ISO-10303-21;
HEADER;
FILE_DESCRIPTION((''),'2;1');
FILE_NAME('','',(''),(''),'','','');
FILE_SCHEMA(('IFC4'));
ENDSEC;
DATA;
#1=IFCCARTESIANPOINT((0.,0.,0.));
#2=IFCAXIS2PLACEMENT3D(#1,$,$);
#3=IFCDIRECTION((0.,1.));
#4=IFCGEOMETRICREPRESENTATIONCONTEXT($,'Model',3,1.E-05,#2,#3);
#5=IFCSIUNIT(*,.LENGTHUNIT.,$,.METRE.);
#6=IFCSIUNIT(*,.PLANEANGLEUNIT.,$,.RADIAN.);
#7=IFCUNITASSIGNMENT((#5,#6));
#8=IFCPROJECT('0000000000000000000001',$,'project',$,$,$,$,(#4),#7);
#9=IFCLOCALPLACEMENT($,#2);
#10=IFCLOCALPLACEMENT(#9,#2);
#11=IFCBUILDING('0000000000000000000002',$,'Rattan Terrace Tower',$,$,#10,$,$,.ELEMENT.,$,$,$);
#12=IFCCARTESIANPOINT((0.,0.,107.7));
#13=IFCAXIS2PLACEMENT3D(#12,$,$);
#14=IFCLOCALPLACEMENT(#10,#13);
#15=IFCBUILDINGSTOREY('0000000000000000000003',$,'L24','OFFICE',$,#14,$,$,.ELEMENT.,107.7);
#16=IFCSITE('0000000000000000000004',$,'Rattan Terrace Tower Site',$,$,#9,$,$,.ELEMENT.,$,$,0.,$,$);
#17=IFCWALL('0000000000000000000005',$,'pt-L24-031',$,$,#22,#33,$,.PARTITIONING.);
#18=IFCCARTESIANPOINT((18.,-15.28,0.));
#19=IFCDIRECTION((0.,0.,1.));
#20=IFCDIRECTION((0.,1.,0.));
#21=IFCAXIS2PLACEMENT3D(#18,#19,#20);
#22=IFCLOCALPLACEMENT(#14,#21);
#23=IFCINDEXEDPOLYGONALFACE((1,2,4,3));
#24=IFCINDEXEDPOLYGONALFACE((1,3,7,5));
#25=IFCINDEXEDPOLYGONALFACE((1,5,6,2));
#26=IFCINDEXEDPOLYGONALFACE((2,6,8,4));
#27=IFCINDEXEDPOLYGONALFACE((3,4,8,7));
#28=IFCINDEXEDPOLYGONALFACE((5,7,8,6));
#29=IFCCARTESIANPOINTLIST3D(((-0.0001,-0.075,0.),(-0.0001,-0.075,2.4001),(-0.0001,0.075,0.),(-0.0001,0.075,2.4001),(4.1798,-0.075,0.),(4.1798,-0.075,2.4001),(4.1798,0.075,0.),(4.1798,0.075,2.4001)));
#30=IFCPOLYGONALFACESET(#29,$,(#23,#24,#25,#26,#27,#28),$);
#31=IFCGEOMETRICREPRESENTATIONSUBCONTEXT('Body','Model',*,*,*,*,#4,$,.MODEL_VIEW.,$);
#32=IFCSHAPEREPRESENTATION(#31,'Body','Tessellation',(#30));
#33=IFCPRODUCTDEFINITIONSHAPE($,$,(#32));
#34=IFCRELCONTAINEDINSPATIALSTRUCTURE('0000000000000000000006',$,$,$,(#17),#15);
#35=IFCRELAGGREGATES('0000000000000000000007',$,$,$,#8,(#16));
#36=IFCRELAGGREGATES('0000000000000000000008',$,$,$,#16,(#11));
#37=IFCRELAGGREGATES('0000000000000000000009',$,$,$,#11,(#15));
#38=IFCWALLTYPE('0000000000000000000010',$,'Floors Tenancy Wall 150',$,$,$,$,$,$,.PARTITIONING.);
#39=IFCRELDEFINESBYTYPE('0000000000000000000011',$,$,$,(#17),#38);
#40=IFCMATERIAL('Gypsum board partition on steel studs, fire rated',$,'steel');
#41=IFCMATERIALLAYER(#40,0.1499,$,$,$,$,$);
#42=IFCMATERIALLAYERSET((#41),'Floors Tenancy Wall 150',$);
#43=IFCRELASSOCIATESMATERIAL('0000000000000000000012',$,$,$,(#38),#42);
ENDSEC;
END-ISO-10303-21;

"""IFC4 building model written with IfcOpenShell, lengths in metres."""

from ifc_helpers import new_model, si_unit, direction, frame, frame_2d, origin, place, context, subcontext, project, spatial, rectangle, extrude, material, layer, layer_set, type_object, element, save


model = new_model("IFC4")

# Units and contexts
model_context = context("Model", 3, precision=1e-05, world=origin(), true_north=direction((0.0, 1.0)))
body_context = subcontext(model_context, "Body", "Model", "MODEL_VIEW")
ifc_project = project(units=[si_unit("LENGTHUNIT", "METRE"), si_unit("PLANEANGLEUNIT", "RADIAN")], contexts=[model_context])

# Site, building, storey
site_placement = place(None, origin())
site = spatial("IfcSite", under=ifc_project, at=site_placement, Name="Rattan Terrace Tower Site", CompositionType="ELEMENT", RefElevation=0.0)
building_placement = place(site_placement, origin())
building = spatial("IfcBuilding", under=site, at=building_placement, Name="Rattan Terrace Tower", CompositionType="ELEMENT")
storey_placement = place(building_placement, frame((0.0, 0.0, 107.7)))
storey = spatial("IfcBuildingStorey", under=building, at=storey_placement, Name="L24", Description="OFFICE", CompositionType="ELEMENT", Elevation=107.7)

# Wall
ifc_material_1 = material(Name="Gypsum board partition on steel studs, fire rated", Category="steel")
ifc_layer_1 = layer(ifc_material_1, 0.1499)
ifc_layer_set_1 = layer_set([ifc_layer_1], Name="Floors Tenancy Wall 150")
wall_type_1 = type_object("IfcWallType", Name="Floors Tenancy Wall 150", PredefinedType="PARTITIONING", material=ifc_layer_set_1)
wall_1_placement = place(storey_placement, frame((18.0, -15.28, 0.0), z_axis=(0.0, 0.0, 1.0), x_axis=(0.0, 1.0, 0.0)))
element("IfcWall", 1, at=wall_1_placement, inside=storey, type_object=wall_type_1, Name="pt-L24-031", PredefinedType="PARTITIONING", context=body_context, shape_type="SweptSolid", body=[
    extrude(rectangle(XDim=4.1799, YDim=0.1499, at=frame_2d((2.0898, 0.0))), origin(), (0.0, 0.0, 1.0), 2.4001),
])

save(model, "model.ifc")
